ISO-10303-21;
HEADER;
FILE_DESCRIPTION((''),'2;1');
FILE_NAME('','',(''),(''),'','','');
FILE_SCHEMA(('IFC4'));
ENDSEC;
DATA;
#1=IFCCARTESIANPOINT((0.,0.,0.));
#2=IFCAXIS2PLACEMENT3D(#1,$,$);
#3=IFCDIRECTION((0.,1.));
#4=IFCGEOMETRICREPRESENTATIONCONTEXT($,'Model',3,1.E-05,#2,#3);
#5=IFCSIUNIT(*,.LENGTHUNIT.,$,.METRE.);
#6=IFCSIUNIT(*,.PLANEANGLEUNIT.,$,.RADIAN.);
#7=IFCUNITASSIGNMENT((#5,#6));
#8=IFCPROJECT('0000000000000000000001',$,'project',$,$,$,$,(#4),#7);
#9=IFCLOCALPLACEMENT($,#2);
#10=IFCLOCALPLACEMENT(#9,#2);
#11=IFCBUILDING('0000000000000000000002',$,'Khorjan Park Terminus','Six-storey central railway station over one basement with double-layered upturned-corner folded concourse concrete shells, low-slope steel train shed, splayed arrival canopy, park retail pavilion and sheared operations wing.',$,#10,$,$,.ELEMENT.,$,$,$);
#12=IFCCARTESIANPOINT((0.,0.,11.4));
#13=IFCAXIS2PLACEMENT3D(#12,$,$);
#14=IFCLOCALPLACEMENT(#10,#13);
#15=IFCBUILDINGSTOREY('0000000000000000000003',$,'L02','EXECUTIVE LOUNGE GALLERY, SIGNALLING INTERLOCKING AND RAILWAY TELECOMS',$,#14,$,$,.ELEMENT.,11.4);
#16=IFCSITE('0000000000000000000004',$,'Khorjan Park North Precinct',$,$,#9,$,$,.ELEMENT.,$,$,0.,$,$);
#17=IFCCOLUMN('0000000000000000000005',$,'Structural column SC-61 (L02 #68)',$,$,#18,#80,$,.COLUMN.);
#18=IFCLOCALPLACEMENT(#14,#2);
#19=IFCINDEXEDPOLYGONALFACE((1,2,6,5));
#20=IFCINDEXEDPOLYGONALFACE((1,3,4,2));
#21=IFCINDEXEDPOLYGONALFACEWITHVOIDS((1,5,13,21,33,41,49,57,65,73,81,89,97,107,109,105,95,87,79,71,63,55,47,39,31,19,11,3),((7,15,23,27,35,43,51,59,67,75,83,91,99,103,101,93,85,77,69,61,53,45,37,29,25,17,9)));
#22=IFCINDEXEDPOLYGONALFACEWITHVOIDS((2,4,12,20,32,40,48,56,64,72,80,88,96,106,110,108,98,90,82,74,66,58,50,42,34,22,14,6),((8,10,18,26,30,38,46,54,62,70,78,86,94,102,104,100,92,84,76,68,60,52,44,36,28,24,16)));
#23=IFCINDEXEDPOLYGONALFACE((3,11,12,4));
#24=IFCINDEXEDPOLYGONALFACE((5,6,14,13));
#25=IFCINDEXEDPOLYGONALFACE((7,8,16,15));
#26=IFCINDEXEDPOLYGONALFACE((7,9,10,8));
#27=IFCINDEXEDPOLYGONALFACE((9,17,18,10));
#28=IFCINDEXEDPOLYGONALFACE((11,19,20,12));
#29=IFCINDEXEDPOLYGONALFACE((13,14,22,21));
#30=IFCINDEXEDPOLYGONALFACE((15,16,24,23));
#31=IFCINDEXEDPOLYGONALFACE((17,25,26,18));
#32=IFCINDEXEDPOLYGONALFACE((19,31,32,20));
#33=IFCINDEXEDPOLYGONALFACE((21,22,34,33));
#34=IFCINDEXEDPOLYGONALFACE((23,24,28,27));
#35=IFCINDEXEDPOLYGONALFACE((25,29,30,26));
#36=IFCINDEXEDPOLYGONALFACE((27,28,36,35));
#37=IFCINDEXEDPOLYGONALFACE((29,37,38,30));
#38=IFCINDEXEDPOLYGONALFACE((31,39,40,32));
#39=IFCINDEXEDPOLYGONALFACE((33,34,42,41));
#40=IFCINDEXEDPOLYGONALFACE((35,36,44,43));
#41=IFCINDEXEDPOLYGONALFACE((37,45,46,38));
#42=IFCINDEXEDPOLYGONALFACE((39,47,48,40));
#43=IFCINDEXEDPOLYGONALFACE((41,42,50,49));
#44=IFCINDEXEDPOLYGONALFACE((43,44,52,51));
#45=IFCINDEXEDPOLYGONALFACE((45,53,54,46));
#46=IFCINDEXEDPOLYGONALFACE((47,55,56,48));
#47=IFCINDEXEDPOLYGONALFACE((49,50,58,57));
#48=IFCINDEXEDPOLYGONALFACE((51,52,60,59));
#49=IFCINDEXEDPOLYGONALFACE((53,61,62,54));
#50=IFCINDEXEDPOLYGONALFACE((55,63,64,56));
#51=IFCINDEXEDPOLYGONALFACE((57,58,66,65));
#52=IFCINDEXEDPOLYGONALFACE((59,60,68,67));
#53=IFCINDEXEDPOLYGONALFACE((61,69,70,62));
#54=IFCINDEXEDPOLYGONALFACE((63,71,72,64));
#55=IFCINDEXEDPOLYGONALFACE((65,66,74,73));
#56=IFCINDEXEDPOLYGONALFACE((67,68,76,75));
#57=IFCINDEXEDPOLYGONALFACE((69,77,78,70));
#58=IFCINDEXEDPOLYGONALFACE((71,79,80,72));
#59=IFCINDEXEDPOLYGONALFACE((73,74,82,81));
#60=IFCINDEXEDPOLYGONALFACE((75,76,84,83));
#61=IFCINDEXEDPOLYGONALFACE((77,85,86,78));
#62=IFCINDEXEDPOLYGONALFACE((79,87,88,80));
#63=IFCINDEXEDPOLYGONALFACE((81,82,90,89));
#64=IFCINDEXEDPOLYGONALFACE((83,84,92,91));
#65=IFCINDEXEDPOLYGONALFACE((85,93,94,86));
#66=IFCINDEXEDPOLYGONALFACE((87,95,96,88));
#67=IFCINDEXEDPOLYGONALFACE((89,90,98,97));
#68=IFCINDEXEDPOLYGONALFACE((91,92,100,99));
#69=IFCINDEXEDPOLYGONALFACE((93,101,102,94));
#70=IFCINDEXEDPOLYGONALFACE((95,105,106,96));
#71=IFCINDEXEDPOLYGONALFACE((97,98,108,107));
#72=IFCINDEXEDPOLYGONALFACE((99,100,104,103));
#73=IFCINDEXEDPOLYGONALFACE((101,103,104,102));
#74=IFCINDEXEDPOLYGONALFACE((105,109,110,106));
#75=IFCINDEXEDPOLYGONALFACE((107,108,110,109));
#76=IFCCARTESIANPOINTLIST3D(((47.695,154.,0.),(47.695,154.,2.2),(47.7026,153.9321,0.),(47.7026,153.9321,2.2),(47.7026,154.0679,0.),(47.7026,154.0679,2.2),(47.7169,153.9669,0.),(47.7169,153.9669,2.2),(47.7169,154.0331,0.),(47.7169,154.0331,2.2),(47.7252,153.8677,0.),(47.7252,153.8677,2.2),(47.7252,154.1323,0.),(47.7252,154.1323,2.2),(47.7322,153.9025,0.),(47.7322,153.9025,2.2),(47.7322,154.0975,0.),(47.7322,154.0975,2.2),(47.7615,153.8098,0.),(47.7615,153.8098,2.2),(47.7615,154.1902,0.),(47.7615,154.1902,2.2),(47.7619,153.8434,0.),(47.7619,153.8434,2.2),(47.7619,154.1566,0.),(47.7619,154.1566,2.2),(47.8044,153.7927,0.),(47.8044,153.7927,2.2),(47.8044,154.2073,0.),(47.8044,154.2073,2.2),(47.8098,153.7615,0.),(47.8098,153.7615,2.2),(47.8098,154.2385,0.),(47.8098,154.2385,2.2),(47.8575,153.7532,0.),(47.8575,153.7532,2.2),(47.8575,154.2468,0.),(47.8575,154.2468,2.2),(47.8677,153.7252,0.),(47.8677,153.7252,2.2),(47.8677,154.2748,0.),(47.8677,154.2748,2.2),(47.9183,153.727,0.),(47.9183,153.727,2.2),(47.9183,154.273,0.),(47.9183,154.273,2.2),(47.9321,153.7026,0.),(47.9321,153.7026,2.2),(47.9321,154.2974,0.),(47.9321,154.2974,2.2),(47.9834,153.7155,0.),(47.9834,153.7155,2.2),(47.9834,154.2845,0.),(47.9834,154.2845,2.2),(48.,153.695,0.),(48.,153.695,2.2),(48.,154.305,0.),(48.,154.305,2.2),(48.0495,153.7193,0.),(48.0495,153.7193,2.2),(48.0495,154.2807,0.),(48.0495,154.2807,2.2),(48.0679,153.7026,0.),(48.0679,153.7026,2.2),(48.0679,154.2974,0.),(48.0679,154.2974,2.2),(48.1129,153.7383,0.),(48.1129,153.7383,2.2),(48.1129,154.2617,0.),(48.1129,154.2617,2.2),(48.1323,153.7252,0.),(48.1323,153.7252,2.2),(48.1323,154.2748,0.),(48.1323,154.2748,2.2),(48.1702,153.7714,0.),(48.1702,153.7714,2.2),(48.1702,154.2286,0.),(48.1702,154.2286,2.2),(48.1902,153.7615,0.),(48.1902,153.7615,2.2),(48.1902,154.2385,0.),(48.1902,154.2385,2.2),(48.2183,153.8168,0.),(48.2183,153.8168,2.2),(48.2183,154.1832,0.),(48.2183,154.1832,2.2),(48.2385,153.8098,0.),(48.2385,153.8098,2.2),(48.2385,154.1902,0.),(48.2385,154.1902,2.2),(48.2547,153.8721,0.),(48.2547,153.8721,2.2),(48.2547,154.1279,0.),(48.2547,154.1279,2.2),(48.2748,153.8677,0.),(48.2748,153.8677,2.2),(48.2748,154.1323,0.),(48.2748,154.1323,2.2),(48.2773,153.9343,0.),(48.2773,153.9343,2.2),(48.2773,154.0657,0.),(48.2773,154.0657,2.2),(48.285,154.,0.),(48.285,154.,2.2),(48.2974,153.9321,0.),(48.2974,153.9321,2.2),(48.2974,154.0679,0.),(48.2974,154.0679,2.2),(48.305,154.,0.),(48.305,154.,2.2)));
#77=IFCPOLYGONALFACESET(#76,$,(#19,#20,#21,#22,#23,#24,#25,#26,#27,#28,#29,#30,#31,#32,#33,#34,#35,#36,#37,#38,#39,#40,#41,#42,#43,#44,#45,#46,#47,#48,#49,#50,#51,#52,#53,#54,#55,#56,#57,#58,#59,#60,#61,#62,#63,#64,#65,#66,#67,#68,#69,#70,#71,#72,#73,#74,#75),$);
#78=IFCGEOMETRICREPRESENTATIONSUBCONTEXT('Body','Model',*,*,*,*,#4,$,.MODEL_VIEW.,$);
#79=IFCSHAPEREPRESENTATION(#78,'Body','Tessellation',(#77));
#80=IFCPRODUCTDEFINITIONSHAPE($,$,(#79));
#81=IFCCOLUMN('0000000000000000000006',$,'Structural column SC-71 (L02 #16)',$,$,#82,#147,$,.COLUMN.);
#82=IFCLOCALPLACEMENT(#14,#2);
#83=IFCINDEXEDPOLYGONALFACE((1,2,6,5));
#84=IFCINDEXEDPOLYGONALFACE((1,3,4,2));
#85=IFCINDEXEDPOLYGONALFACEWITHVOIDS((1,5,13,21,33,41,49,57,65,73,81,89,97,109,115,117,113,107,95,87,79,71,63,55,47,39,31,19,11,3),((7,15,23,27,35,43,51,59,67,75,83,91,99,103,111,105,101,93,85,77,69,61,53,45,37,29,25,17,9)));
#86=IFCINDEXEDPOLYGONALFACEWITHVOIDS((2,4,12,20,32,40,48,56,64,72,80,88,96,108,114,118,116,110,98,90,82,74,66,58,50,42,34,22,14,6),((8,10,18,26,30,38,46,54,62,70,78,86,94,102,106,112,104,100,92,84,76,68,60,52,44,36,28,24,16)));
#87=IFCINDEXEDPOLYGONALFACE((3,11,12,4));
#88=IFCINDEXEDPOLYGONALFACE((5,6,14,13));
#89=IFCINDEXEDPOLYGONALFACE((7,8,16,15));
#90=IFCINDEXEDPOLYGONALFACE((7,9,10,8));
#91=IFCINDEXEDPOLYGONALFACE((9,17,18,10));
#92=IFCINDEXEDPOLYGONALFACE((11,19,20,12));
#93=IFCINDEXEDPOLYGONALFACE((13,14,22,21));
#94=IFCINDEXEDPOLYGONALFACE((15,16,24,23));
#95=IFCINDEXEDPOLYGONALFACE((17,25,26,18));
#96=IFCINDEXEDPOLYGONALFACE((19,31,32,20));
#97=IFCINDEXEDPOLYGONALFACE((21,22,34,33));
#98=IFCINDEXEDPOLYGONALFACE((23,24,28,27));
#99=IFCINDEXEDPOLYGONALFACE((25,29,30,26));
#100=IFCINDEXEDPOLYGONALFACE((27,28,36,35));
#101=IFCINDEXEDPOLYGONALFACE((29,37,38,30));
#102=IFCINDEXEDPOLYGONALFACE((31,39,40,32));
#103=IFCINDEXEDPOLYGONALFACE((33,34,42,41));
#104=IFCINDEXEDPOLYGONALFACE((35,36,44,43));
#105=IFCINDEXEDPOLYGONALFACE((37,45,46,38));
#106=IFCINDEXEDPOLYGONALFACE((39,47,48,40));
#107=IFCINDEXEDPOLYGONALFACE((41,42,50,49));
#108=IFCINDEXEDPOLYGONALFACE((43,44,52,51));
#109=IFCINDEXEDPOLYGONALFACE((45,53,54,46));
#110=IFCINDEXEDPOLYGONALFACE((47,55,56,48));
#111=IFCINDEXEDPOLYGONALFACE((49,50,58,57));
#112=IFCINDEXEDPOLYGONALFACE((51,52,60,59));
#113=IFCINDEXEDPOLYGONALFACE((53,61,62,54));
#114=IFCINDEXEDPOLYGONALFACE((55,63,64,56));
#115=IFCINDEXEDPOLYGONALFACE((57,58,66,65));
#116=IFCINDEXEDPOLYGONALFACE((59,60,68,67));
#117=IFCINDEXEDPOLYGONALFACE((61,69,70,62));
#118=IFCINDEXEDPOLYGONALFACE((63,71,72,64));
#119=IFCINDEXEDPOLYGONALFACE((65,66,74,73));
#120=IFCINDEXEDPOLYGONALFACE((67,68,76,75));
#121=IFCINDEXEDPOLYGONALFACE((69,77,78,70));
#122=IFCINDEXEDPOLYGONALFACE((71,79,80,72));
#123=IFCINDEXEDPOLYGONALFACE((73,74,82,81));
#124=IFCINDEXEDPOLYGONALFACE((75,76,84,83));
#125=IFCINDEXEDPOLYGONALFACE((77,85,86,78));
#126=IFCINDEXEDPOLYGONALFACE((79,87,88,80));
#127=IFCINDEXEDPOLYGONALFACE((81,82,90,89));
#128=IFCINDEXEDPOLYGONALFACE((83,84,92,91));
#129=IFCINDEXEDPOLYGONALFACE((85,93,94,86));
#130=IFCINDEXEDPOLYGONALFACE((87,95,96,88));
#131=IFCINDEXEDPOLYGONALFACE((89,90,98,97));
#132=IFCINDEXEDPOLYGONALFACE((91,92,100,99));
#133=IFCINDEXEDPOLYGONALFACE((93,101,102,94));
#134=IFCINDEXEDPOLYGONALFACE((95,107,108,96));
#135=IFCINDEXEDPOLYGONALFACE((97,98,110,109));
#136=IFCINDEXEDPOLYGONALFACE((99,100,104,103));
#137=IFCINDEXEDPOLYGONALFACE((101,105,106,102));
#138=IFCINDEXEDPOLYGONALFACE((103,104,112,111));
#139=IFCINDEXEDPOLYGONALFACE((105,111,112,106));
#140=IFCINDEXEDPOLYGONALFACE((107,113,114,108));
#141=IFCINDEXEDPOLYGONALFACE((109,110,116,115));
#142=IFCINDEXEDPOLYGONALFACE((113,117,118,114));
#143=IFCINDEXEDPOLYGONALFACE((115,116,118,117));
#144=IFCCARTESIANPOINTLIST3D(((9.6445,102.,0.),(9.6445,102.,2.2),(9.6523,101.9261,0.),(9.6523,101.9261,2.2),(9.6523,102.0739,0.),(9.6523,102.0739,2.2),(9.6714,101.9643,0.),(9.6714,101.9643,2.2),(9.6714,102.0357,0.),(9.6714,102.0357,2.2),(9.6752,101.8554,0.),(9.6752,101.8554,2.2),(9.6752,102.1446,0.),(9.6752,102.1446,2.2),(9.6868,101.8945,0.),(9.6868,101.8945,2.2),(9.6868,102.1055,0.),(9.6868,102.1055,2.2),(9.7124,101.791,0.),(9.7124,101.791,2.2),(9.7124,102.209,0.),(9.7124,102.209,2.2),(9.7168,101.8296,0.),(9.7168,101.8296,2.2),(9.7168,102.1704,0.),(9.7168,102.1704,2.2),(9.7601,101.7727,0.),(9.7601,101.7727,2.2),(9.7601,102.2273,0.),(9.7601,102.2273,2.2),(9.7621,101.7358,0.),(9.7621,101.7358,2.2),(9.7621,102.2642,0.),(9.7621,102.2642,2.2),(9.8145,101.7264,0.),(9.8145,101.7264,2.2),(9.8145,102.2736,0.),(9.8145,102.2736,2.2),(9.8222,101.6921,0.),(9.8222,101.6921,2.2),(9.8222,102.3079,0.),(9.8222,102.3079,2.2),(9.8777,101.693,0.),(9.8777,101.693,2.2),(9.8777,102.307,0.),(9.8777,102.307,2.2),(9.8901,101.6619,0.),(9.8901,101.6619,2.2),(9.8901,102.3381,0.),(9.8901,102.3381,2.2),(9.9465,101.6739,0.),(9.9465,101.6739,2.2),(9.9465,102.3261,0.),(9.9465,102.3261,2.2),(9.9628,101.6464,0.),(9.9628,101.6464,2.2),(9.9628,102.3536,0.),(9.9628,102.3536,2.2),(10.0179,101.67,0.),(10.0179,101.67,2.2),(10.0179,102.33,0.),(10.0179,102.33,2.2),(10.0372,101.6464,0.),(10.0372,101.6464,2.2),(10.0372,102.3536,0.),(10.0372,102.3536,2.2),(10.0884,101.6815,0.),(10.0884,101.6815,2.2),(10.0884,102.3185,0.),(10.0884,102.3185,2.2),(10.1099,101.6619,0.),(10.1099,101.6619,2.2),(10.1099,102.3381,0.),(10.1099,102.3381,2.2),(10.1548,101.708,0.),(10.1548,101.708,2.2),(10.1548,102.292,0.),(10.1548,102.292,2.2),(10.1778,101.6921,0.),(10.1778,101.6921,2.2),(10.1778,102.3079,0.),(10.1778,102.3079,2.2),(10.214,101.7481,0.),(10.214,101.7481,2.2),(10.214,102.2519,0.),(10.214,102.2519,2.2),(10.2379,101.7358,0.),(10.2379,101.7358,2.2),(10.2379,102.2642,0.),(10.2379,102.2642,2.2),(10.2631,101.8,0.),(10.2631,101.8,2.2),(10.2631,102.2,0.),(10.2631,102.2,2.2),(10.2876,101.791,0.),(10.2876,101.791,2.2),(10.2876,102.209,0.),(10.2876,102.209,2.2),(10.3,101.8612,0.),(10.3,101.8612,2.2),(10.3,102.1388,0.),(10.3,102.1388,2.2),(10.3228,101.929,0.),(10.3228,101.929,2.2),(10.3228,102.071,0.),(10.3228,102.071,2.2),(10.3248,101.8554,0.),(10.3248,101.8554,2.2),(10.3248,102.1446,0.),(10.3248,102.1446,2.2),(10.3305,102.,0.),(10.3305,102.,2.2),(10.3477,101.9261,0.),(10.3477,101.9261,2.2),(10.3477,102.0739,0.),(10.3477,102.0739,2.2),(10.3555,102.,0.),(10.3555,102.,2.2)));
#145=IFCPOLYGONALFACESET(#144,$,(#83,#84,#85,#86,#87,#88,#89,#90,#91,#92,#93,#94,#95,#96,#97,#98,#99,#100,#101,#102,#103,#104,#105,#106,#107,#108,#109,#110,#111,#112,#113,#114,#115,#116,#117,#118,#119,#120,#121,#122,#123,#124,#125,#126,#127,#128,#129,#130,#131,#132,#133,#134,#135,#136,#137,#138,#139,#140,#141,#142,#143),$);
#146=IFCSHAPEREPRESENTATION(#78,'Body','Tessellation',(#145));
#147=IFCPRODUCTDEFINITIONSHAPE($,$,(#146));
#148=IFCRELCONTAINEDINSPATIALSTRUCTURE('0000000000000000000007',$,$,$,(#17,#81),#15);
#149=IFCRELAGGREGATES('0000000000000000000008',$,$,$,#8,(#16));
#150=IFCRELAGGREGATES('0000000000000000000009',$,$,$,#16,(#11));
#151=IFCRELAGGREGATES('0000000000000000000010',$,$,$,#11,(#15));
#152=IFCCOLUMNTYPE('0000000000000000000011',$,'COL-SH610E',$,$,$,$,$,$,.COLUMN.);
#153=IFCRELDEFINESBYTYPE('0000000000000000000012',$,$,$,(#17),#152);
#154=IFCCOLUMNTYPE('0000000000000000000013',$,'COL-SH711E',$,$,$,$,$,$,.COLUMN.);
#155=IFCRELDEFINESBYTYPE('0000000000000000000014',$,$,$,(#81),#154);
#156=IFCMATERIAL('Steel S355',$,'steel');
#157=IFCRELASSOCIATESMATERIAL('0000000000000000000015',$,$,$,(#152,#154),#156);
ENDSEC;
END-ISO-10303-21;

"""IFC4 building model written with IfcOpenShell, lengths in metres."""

from ifc_helpers import new_model, si_unit, direction, frame, origin, origin_2d, place, context, subcontext, project, spatial, hollow_circle, extrude, material, material_profile, profile_set, type_object, element, save


model = new_model("IFC4")

# Units and contexts
model_context = context("Model", 3, precision=1e-05, world=origin(), true_north=direction((0.0, 1.0)))
body_context = subcontext(model_context, "Body", "Model", "MODEL_VIEW")
ifc_project = project(units=[si_unit("LENGTHUNIT", "METRE"), si_unit("PLANEANGLEUNIT", "RADIAN")], contexts=[model_context])

# Site, building, storey
site_placement = place(None, origin())
site = spatial("IfcSite", under=ifc_project, at=site_placement, Name="Khorjan Park North Precinct", CompositionType="ELEMENT", RefElevation=0.0)
building_placement = place(site_placement, origin())
building = spatial("IfcBuilding", under=site, at=building_placement, Name="Khorjan Park Terminus", Description="Six-storey central railway station over one basement with double-layered upturned-corner folded concourse concrete shells, low-slope steel train shed, splayed arrival canopy, park retail pavilion and sheared operations wing.", CompositionType="ELEMENT")
storey_placement = place(building_placement, frame((0.0, 0.0, 11.4)))
storey = spatial("IfcBuildingStorey", under=building, at=storey_placement, Name="L02", Description="EXECUTIVE LOUNGE GALLERY, SIGNALLING INTERLOCKING AND RAILWAY TELECOMS", CompositionType="ELEMENT", Elevation=11.4)

# Columns
ifc_material = material(Name="Steel S355", Category="steel")
ifc_material_profile_1 = material_profile(ifc_material, hollow_circle(Radius=0.305, WallThickness=0.02, at=origin_2d()), Name="CHS 610x20")
ifc_profile_set_1 = profile_set([ifc_material_profile_1], Name="Steel S355")
column_type_1 = type_object("IfcColumnType", Name="COL-SH610E", PredefinedType="COLUMN", material=ifc_profile_set_1)
for number, where, z_axis, x_axis, name in (
    (1, (48.0, 154.0, 0.0), (0.0, 0.0, 1.0), (1.0, 0.0, 0.0), "Structural column SC-61 (L02 #68)"),
):
    element("IfcColumn", number, at=place(storey_placement, frame(where, z_axis=z_axis, x_axis=x_axis)), inside=storey, type_object=column_type_1, Name=name, PredefinedType="COLUMN", context=body_context, shape_type="SweptSolid", body=[
        extrude(hollow_circle(Radius=0.305, WallThickness=0.02, at=origin_2d()), origin(), (0.0, 0.0, 1.0), 2.2),
    ])
ifc_material_profile_2 = material_profile(ifc_material, hollow_circle(Radius=0.3555, WallThickness=0.025, at=origin_2d()), Name="CHS 711x25")
ifc_profile_set_2 = profile_set([ifc_material_profile_2], Name="Steel S355")
column_type_2 = type_object("IfcColumnType", Name="COL-SH711E", PredefinedType="COLUMN", material=ifc_profile_set_2)
for number, where, z_axis, x_axis, name in (
    (2, (10.0, 102.0, 0.0), (0.0, 0.0, 1.0), (1.0, 0.0, 0.0), "Structural column SC-71 (L02 #16)"),
):
    element("IfcColumn", number, at=place(storey_placement, frame(where, z_axis=z_axis, x_axis=x_axis)), inside=storey, type_object=column_type_2, Name=name, PredefinedType="COLUMN", context=body_context, shape_type="SweptSolid", body=[
        extrude(hollow_circle(Radius=0.3555, WallThickness=0.025, at=origin_2d()), origin(), (0.0, 0.0, 1.0), 2.2),
    ])

save(model, "model.ifc")
